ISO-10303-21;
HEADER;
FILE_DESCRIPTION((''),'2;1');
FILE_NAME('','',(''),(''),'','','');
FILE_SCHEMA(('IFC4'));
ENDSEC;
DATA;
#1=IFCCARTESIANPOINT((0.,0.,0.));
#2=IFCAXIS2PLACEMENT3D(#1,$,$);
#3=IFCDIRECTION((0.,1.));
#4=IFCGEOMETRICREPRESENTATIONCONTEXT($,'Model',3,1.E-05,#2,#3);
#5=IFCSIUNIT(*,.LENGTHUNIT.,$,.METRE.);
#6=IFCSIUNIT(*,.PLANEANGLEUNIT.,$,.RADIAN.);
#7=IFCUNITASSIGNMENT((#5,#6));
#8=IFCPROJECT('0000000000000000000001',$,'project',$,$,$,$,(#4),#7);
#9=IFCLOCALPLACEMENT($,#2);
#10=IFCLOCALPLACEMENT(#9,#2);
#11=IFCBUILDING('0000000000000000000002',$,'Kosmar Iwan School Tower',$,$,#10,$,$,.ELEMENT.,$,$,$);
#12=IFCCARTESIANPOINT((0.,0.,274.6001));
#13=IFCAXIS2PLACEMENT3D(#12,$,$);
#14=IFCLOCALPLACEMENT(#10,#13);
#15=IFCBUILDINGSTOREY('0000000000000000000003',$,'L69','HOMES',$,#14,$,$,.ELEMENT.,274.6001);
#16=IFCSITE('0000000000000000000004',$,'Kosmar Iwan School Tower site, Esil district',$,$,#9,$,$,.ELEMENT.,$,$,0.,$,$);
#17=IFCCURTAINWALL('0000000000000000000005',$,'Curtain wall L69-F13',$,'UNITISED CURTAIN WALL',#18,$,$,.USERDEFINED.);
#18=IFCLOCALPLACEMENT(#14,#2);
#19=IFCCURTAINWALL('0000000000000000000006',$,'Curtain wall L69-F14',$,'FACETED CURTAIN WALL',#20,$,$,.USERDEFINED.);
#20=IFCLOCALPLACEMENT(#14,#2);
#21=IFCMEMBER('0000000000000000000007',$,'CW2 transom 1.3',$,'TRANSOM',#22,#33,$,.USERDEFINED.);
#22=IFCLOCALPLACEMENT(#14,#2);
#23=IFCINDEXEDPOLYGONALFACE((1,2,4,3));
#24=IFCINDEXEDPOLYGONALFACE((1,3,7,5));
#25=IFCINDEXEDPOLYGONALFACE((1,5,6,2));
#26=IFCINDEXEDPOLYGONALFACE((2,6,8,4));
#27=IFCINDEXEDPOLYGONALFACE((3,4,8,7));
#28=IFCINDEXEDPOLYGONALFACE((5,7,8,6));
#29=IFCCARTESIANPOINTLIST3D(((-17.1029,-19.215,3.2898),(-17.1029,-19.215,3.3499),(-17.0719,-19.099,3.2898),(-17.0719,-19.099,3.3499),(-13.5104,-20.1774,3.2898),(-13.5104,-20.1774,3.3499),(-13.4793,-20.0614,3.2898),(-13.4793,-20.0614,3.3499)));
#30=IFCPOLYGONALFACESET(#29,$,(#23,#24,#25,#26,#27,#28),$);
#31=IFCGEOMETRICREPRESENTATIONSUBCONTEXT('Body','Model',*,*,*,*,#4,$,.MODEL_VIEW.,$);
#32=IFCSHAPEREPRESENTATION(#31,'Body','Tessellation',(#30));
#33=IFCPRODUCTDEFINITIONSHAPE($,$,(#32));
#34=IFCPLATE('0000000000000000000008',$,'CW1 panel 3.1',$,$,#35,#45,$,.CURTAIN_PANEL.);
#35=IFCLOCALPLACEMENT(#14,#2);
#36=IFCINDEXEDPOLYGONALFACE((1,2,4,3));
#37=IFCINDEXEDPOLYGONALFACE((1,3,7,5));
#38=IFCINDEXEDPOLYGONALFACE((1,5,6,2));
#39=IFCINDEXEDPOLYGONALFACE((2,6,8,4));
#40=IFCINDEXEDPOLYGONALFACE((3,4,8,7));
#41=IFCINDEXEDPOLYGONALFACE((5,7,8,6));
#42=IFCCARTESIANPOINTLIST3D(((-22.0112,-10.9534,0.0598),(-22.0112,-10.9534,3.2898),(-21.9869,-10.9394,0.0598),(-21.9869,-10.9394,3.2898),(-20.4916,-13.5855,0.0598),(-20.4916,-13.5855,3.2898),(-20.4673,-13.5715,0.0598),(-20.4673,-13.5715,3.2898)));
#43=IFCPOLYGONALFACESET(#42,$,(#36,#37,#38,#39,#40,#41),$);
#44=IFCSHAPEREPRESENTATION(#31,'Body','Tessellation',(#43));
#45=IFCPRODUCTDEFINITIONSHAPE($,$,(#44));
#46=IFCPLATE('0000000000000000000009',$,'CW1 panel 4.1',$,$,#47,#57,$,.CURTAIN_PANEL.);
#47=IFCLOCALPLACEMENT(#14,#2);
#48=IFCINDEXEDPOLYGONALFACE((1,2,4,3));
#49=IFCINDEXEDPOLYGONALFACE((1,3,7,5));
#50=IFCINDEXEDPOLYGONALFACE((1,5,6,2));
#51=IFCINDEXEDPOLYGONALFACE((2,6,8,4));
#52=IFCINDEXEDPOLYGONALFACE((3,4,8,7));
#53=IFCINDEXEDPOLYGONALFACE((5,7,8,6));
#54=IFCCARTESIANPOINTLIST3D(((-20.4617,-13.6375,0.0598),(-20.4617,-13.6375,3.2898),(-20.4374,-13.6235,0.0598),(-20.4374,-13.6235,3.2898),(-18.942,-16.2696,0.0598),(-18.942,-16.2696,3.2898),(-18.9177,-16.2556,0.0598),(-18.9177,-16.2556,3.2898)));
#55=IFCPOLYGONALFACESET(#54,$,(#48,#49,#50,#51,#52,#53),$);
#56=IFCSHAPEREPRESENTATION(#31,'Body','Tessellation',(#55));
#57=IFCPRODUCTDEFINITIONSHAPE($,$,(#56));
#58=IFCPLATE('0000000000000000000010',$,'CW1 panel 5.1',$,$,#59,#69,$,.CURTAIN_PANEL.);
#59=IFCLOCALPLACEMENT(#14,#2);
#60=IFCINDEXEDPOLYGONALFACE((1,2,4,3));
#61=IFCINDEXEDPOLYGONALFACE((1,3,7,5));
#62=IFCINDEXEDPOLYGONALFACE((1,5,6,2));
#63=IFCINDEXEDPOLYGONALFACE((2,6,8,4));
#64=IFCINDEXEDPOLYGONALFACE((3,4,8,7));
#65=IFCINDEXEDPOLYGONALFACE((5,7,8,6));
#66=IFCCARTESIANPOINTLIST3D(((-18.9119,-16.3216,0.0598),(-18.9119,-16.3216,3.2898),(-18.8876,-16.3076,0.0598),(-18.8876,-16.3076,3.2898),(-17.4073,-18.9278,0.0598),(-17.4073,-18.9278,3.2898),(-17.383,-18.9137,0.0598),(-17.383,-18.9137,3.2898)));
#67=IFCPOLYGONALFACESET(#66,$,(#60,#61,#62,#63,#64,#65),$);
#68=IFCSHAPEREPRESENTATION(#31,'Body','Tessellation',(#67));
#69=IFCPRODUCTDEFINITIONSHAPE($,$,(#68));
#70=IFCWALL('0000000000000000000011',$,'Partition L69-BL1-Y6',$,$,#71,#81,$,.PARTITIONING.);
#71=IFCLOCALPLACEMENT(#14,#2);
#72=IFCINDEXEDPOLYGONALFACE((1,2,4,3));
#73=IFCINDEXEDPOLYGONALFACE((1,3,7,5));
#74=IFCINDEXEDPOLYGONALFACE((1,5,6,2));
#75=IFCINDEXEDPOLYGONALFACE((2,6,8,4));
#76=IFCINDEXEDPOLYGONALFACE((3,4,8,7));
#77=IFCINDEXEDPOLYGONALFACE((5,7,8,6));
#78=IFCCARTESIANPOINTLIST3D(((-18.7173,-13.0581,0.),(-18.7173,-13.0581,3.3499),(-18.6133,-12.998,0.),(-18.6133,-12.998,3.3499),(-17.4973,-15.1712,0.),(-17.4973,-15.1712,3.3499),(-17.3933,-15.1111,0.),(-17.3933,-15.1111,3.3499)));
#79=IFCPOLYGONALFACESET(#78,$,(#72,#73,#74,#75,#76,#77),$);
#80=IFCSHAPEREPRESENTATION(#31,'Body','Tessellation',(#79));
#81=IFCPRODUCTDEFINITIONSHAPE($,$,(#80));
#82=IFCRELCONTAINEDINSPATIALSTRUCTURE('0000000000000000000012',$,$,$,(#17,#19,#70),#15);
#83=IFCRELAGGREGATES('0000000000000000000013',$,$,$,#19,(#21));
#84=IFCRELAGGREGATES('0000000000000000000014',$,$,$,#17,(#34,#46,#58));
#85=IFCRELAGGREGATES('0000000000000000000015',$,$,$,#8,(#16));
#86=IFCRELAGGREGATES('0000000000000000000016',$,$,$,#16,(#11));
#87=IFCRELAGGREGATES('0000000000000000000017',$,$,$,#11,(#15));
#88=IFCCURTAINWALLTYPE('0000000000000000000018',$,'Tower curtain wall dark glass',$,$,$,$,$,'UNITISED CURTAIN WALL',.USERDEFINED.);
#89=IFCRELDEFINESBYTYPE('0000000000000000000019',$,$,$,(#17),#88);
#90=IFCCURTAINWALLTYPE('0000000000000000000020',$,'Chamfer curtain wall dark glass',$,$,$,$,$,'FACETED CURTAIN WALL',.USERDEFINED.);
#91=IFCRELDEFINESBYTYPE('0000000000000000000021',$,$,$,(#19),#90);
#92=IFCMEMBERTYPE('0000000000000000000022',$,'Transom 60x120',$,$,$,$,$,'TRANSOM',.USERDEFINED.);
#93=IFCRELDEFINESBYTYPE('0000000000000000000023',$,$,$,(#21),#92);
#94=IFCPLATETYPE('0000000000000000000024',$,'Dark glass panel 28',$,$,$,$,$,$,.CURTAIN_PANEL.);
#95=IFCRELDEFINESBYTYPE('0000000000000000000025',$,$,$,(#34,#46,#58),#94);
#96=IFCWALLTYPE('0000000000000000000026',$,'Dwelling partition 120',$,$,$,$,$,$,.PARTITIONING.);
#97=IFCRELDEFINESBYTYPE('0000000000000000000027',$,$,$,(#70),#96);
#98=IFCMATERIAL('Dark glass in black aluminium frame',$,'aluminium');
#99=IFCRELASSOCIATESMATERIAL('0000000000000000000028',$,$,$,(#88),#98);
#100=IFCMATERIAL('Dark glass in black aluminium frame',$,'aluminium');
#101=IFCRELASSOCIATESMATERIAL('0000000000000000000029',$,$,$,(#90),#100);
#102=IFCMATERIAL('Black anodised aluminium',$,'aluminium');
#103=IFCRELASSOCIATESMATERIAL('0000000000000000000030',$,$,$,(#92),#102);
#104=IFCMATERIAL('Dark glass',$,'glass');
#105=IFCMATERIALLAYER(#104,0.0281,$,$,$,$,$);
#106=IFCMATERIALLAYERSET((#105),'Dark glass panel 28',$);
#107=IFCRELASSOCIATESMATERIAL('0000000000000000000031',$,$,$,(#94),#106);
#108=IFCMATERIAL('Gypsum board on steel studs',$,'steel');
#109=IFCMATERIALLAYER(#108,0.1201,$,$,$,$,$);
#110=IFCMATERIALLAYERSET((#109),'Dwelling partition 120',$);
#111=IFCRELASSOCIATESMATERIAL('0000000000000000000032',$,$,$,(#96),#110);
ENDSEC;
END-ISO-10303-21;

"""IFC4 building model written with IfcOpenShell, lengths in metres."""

from ifc_helpers import new_model, si_unit, direction, frame, frame_2d, origin, origin_2d, place, context, subcontext, project, spatial, rectangle, extrude, material, layer, layer_set, material_profile, profile_set, type_object, element, aggregate, save


model = new_model("IFC4")

# Units and contexts
model_context = context("Model", 3, precision=1e-05, world=origin(), true_north=direction((0.0, 1.0)))
body_context = subcontext(model_context, "Body", "Model", "MODEL_VIEW")
ifc_project = project(units=[si_unit("LENGTHUNIT", "METRE"), si_unit("PLANEANGLEUNIT", "RADIAN")], contexts=[model_context])

# Site, building, storey
site_placement = place(None, origin())
site = spatial("IfcSite", under=ifc_project, at=site_placement, Name="Kosmar Iwan School Tower site, Esil district", CompositionType="ELEMENT", RefElevation=0.0)
building_placement = place(site_placement, origin())
building = spatial("IfcBuilding", under=site, at=building_placement, Name="Kosmar Iwan School Tower", CompositionType="ELEMENT")
storey_placement = place(building_placement, frame((0.0, 0.0, 274.6001)))
storey = spatial("IfcBuildingStorey", under=building, at=storey_placement, Name="L69", Description="HOMES", CompositionType="ELEMENT", Elevation=274.6001)

# Curtain wall
ifc_material_1 = material(Name="Dark glass in black aluminium frame", Category="aluminium")
curtain_wall_type_1 = type_object("IfcCurtainWallType", Name="Tower curtain wall dark glass", ElementType="UNITISED CURTAIN WALL", PredefinedType="USERDEFINED", material=ifc_material_1)
curtain_wall_1_placement = place(storey_placement, origin())
curtain_wall_1 = element("IfcCurtainWall", 1, at=curtain_wall_1_placement, inside=storey, type_object=curtain_wall_type_1, Name="Curtain wall L69-F13", ObjectType="UNITISED CURTAIN WALL", PredefinedType="USERDEFINED")

# Curtain wall
ifc_material_2 = material(Name="Dark glass in black aluminium frame", Category="aluminium")
curtain_wall_type_2 = type_object("IfcCurtainWallType", Name="Chamfer curtain wall dark glass", ElementType="FACETED CURTAIN WALL", PredefinedType="USERDEFINED", material=ifc_material_2)
curtain_wall_2_placement = place(storey_placement, origin())
curtain_wall_2 = element("IfcCurtainWall", 2, at=curtain_wall_2_placement, inside=storey, type_object=curtain_wall_type_2, Name="Curtain wall L69-F14", ObjectType="FACETED CURTAIN WALL", PredefinedType="USERDEFINED")

# Member
ifc_material_3 = material(Name="Black anodised aluminium", Category="aluminium")
ifc_material_profile_1 = material_profile(ifc_material_3, rectangle(XDim=0.1201, YDim=0.0601, at=origin_2d()), Name="TRANSOM 60x120")
ifc_profile_set_1 = profile_set([ifc_material_profile_1], Name="Black anodised aluminium")
member_type_1 = type_object("IfcMemberType", Name="Transom 60x120", ElementType="TRANSOM", PredefinedType="USERDEFINED", material=ifc_profile_set_1)
member_1_placement = place(storey_placement, frame((-17.0874, -19.157, 3.3198), z_axis=(0.96594, -0.258766, 0.0), x_axis=(0.258766, 0.96594, 0.0)))
member_1 = element("IfcMember", 3, at=member_1_placement, type_object=member_type_1, Name="CW2 transom 1.3", ObjectType="TRANSOM", PredefinedType="USERDEFINED", context=body_context, shape_type="SweptSolid", body=[
    extrude(rectangle(XDim=0.1201, YDim=0.0601, at=origin_2d()), origin(), (0.0, 0.0, 1.0), 3.7192),
])
aggregate(curtain_wall_2, [member_1])

# Plates
ifc_material_4 = material(Name="Dark glass", Category="glass")
ifc_layer_1 = layer(ifc_material_4, 0.0281)
ifc_layer_set_1 = layer_set([ifc_layer_1], Name="Dark glass panel 28")
plate_type = type_object("IfcPlateType", Name="Dark glass panel 28", PredefinedType="CURTAIN_PANEL", material=ifc_layer_set_1)
plate_1_placement = place(storey_placement, frame((-21.2393, -12.2625, 0.0598), z_axis=(0.0, 0.0, 1.0), x_axis=(0.5, -0.866025, 0.0)))
plate_1 = element("IfcPlate", 4, at=plate_1_placement, type_object=plate_type, Name="CW1 panel 3.1", PredefinedType="CURTAIN_PANEL", context=body_context, shape_type="SweptSolid", body=[
    extrude(rectangle(XDim=3.0393, YDim=0.0281, at=origin_2d()), origin(), (0.0, 0.0, 1.0), 3.23),
])
plate_2_placement = place(storey_placement, frame((-19.6897, -14.9465, 0.0598), z_axis=(0.0, 0.0, 1.0), x_axis=(0.5, -0.866025, 0.0)))
plate_2 = element("IfcPlate", 5, at=plate_2_placement, type_object=plate_type, Name="CW1 panel 4.1", PredefinedType="CURTAIN_PANEL", context=body_context, shape_type="SweptSolid", body=[
    extrude(rectangle(XDim=3.0393, YDim=0.0281, at=origin_2d()), origin(), (0.0, 0.0, 1.0), 3.23),
])
plate_3_placement = place(storey_placement, frame((-18.1475, -17.6177, 0.0598), z_axis=(0.0, 0.0, 1.0), x_axis=(0.5, -0.866025, 0.0)))
plate_3 = element("IfcPlate", 6, at=plate_3_placement, type_object=plate_type, Name="CW1 panel 5.1", PredefinedType="CURTAIN_PANEL", context=body_context, shape_type="SweptSolid", body=[
    extrude(rectangle(XDim=3.0093, YDim=0.0281, at=origin_2d()), origin(), (0.0, 0.0, 1.0), 3.23),
])
aggregate(curtain_wall_1, [plate_1, plate_2, plate_3])

# Wall
ifc_material_5 = material(Name="Gypsum board on steel studs", Category="steel")
ifc_layer_2 = layer(ifc_material_5, 0.1201)
ifc_layer_set_2 = layer_set([ifc_layer_2], Name="Dwelling partition 120")
wall_type = type_object("IfcWallType", Name="Dwelling partition 120", PredefinedType="PARTITIONING", material=ifc_layer_set_2)
wall_placement = place(storey_placement, frame((-18.6653, -13.0281, 0.0), z_axis=(0.0, 0.0, 1.0), x_axis=(0.500003, -0.866024, 0.0)))
element("IfcWall", 7, at=wall_placement, inside=storey, type_object=wall_type, Name="Partition L69-BL1-Y6", PredefinedType="PARTITIONING", context=body_context, shape_type="SweptSolid", body=[
    extrude(rectangle(XDim=2.4399, YDim=0.1201, at=frame_2d((1.22, 0.0))), origin(), (0.0, 0.0, 1.0), 3.3499),
])

save(model, "model.ifc")
